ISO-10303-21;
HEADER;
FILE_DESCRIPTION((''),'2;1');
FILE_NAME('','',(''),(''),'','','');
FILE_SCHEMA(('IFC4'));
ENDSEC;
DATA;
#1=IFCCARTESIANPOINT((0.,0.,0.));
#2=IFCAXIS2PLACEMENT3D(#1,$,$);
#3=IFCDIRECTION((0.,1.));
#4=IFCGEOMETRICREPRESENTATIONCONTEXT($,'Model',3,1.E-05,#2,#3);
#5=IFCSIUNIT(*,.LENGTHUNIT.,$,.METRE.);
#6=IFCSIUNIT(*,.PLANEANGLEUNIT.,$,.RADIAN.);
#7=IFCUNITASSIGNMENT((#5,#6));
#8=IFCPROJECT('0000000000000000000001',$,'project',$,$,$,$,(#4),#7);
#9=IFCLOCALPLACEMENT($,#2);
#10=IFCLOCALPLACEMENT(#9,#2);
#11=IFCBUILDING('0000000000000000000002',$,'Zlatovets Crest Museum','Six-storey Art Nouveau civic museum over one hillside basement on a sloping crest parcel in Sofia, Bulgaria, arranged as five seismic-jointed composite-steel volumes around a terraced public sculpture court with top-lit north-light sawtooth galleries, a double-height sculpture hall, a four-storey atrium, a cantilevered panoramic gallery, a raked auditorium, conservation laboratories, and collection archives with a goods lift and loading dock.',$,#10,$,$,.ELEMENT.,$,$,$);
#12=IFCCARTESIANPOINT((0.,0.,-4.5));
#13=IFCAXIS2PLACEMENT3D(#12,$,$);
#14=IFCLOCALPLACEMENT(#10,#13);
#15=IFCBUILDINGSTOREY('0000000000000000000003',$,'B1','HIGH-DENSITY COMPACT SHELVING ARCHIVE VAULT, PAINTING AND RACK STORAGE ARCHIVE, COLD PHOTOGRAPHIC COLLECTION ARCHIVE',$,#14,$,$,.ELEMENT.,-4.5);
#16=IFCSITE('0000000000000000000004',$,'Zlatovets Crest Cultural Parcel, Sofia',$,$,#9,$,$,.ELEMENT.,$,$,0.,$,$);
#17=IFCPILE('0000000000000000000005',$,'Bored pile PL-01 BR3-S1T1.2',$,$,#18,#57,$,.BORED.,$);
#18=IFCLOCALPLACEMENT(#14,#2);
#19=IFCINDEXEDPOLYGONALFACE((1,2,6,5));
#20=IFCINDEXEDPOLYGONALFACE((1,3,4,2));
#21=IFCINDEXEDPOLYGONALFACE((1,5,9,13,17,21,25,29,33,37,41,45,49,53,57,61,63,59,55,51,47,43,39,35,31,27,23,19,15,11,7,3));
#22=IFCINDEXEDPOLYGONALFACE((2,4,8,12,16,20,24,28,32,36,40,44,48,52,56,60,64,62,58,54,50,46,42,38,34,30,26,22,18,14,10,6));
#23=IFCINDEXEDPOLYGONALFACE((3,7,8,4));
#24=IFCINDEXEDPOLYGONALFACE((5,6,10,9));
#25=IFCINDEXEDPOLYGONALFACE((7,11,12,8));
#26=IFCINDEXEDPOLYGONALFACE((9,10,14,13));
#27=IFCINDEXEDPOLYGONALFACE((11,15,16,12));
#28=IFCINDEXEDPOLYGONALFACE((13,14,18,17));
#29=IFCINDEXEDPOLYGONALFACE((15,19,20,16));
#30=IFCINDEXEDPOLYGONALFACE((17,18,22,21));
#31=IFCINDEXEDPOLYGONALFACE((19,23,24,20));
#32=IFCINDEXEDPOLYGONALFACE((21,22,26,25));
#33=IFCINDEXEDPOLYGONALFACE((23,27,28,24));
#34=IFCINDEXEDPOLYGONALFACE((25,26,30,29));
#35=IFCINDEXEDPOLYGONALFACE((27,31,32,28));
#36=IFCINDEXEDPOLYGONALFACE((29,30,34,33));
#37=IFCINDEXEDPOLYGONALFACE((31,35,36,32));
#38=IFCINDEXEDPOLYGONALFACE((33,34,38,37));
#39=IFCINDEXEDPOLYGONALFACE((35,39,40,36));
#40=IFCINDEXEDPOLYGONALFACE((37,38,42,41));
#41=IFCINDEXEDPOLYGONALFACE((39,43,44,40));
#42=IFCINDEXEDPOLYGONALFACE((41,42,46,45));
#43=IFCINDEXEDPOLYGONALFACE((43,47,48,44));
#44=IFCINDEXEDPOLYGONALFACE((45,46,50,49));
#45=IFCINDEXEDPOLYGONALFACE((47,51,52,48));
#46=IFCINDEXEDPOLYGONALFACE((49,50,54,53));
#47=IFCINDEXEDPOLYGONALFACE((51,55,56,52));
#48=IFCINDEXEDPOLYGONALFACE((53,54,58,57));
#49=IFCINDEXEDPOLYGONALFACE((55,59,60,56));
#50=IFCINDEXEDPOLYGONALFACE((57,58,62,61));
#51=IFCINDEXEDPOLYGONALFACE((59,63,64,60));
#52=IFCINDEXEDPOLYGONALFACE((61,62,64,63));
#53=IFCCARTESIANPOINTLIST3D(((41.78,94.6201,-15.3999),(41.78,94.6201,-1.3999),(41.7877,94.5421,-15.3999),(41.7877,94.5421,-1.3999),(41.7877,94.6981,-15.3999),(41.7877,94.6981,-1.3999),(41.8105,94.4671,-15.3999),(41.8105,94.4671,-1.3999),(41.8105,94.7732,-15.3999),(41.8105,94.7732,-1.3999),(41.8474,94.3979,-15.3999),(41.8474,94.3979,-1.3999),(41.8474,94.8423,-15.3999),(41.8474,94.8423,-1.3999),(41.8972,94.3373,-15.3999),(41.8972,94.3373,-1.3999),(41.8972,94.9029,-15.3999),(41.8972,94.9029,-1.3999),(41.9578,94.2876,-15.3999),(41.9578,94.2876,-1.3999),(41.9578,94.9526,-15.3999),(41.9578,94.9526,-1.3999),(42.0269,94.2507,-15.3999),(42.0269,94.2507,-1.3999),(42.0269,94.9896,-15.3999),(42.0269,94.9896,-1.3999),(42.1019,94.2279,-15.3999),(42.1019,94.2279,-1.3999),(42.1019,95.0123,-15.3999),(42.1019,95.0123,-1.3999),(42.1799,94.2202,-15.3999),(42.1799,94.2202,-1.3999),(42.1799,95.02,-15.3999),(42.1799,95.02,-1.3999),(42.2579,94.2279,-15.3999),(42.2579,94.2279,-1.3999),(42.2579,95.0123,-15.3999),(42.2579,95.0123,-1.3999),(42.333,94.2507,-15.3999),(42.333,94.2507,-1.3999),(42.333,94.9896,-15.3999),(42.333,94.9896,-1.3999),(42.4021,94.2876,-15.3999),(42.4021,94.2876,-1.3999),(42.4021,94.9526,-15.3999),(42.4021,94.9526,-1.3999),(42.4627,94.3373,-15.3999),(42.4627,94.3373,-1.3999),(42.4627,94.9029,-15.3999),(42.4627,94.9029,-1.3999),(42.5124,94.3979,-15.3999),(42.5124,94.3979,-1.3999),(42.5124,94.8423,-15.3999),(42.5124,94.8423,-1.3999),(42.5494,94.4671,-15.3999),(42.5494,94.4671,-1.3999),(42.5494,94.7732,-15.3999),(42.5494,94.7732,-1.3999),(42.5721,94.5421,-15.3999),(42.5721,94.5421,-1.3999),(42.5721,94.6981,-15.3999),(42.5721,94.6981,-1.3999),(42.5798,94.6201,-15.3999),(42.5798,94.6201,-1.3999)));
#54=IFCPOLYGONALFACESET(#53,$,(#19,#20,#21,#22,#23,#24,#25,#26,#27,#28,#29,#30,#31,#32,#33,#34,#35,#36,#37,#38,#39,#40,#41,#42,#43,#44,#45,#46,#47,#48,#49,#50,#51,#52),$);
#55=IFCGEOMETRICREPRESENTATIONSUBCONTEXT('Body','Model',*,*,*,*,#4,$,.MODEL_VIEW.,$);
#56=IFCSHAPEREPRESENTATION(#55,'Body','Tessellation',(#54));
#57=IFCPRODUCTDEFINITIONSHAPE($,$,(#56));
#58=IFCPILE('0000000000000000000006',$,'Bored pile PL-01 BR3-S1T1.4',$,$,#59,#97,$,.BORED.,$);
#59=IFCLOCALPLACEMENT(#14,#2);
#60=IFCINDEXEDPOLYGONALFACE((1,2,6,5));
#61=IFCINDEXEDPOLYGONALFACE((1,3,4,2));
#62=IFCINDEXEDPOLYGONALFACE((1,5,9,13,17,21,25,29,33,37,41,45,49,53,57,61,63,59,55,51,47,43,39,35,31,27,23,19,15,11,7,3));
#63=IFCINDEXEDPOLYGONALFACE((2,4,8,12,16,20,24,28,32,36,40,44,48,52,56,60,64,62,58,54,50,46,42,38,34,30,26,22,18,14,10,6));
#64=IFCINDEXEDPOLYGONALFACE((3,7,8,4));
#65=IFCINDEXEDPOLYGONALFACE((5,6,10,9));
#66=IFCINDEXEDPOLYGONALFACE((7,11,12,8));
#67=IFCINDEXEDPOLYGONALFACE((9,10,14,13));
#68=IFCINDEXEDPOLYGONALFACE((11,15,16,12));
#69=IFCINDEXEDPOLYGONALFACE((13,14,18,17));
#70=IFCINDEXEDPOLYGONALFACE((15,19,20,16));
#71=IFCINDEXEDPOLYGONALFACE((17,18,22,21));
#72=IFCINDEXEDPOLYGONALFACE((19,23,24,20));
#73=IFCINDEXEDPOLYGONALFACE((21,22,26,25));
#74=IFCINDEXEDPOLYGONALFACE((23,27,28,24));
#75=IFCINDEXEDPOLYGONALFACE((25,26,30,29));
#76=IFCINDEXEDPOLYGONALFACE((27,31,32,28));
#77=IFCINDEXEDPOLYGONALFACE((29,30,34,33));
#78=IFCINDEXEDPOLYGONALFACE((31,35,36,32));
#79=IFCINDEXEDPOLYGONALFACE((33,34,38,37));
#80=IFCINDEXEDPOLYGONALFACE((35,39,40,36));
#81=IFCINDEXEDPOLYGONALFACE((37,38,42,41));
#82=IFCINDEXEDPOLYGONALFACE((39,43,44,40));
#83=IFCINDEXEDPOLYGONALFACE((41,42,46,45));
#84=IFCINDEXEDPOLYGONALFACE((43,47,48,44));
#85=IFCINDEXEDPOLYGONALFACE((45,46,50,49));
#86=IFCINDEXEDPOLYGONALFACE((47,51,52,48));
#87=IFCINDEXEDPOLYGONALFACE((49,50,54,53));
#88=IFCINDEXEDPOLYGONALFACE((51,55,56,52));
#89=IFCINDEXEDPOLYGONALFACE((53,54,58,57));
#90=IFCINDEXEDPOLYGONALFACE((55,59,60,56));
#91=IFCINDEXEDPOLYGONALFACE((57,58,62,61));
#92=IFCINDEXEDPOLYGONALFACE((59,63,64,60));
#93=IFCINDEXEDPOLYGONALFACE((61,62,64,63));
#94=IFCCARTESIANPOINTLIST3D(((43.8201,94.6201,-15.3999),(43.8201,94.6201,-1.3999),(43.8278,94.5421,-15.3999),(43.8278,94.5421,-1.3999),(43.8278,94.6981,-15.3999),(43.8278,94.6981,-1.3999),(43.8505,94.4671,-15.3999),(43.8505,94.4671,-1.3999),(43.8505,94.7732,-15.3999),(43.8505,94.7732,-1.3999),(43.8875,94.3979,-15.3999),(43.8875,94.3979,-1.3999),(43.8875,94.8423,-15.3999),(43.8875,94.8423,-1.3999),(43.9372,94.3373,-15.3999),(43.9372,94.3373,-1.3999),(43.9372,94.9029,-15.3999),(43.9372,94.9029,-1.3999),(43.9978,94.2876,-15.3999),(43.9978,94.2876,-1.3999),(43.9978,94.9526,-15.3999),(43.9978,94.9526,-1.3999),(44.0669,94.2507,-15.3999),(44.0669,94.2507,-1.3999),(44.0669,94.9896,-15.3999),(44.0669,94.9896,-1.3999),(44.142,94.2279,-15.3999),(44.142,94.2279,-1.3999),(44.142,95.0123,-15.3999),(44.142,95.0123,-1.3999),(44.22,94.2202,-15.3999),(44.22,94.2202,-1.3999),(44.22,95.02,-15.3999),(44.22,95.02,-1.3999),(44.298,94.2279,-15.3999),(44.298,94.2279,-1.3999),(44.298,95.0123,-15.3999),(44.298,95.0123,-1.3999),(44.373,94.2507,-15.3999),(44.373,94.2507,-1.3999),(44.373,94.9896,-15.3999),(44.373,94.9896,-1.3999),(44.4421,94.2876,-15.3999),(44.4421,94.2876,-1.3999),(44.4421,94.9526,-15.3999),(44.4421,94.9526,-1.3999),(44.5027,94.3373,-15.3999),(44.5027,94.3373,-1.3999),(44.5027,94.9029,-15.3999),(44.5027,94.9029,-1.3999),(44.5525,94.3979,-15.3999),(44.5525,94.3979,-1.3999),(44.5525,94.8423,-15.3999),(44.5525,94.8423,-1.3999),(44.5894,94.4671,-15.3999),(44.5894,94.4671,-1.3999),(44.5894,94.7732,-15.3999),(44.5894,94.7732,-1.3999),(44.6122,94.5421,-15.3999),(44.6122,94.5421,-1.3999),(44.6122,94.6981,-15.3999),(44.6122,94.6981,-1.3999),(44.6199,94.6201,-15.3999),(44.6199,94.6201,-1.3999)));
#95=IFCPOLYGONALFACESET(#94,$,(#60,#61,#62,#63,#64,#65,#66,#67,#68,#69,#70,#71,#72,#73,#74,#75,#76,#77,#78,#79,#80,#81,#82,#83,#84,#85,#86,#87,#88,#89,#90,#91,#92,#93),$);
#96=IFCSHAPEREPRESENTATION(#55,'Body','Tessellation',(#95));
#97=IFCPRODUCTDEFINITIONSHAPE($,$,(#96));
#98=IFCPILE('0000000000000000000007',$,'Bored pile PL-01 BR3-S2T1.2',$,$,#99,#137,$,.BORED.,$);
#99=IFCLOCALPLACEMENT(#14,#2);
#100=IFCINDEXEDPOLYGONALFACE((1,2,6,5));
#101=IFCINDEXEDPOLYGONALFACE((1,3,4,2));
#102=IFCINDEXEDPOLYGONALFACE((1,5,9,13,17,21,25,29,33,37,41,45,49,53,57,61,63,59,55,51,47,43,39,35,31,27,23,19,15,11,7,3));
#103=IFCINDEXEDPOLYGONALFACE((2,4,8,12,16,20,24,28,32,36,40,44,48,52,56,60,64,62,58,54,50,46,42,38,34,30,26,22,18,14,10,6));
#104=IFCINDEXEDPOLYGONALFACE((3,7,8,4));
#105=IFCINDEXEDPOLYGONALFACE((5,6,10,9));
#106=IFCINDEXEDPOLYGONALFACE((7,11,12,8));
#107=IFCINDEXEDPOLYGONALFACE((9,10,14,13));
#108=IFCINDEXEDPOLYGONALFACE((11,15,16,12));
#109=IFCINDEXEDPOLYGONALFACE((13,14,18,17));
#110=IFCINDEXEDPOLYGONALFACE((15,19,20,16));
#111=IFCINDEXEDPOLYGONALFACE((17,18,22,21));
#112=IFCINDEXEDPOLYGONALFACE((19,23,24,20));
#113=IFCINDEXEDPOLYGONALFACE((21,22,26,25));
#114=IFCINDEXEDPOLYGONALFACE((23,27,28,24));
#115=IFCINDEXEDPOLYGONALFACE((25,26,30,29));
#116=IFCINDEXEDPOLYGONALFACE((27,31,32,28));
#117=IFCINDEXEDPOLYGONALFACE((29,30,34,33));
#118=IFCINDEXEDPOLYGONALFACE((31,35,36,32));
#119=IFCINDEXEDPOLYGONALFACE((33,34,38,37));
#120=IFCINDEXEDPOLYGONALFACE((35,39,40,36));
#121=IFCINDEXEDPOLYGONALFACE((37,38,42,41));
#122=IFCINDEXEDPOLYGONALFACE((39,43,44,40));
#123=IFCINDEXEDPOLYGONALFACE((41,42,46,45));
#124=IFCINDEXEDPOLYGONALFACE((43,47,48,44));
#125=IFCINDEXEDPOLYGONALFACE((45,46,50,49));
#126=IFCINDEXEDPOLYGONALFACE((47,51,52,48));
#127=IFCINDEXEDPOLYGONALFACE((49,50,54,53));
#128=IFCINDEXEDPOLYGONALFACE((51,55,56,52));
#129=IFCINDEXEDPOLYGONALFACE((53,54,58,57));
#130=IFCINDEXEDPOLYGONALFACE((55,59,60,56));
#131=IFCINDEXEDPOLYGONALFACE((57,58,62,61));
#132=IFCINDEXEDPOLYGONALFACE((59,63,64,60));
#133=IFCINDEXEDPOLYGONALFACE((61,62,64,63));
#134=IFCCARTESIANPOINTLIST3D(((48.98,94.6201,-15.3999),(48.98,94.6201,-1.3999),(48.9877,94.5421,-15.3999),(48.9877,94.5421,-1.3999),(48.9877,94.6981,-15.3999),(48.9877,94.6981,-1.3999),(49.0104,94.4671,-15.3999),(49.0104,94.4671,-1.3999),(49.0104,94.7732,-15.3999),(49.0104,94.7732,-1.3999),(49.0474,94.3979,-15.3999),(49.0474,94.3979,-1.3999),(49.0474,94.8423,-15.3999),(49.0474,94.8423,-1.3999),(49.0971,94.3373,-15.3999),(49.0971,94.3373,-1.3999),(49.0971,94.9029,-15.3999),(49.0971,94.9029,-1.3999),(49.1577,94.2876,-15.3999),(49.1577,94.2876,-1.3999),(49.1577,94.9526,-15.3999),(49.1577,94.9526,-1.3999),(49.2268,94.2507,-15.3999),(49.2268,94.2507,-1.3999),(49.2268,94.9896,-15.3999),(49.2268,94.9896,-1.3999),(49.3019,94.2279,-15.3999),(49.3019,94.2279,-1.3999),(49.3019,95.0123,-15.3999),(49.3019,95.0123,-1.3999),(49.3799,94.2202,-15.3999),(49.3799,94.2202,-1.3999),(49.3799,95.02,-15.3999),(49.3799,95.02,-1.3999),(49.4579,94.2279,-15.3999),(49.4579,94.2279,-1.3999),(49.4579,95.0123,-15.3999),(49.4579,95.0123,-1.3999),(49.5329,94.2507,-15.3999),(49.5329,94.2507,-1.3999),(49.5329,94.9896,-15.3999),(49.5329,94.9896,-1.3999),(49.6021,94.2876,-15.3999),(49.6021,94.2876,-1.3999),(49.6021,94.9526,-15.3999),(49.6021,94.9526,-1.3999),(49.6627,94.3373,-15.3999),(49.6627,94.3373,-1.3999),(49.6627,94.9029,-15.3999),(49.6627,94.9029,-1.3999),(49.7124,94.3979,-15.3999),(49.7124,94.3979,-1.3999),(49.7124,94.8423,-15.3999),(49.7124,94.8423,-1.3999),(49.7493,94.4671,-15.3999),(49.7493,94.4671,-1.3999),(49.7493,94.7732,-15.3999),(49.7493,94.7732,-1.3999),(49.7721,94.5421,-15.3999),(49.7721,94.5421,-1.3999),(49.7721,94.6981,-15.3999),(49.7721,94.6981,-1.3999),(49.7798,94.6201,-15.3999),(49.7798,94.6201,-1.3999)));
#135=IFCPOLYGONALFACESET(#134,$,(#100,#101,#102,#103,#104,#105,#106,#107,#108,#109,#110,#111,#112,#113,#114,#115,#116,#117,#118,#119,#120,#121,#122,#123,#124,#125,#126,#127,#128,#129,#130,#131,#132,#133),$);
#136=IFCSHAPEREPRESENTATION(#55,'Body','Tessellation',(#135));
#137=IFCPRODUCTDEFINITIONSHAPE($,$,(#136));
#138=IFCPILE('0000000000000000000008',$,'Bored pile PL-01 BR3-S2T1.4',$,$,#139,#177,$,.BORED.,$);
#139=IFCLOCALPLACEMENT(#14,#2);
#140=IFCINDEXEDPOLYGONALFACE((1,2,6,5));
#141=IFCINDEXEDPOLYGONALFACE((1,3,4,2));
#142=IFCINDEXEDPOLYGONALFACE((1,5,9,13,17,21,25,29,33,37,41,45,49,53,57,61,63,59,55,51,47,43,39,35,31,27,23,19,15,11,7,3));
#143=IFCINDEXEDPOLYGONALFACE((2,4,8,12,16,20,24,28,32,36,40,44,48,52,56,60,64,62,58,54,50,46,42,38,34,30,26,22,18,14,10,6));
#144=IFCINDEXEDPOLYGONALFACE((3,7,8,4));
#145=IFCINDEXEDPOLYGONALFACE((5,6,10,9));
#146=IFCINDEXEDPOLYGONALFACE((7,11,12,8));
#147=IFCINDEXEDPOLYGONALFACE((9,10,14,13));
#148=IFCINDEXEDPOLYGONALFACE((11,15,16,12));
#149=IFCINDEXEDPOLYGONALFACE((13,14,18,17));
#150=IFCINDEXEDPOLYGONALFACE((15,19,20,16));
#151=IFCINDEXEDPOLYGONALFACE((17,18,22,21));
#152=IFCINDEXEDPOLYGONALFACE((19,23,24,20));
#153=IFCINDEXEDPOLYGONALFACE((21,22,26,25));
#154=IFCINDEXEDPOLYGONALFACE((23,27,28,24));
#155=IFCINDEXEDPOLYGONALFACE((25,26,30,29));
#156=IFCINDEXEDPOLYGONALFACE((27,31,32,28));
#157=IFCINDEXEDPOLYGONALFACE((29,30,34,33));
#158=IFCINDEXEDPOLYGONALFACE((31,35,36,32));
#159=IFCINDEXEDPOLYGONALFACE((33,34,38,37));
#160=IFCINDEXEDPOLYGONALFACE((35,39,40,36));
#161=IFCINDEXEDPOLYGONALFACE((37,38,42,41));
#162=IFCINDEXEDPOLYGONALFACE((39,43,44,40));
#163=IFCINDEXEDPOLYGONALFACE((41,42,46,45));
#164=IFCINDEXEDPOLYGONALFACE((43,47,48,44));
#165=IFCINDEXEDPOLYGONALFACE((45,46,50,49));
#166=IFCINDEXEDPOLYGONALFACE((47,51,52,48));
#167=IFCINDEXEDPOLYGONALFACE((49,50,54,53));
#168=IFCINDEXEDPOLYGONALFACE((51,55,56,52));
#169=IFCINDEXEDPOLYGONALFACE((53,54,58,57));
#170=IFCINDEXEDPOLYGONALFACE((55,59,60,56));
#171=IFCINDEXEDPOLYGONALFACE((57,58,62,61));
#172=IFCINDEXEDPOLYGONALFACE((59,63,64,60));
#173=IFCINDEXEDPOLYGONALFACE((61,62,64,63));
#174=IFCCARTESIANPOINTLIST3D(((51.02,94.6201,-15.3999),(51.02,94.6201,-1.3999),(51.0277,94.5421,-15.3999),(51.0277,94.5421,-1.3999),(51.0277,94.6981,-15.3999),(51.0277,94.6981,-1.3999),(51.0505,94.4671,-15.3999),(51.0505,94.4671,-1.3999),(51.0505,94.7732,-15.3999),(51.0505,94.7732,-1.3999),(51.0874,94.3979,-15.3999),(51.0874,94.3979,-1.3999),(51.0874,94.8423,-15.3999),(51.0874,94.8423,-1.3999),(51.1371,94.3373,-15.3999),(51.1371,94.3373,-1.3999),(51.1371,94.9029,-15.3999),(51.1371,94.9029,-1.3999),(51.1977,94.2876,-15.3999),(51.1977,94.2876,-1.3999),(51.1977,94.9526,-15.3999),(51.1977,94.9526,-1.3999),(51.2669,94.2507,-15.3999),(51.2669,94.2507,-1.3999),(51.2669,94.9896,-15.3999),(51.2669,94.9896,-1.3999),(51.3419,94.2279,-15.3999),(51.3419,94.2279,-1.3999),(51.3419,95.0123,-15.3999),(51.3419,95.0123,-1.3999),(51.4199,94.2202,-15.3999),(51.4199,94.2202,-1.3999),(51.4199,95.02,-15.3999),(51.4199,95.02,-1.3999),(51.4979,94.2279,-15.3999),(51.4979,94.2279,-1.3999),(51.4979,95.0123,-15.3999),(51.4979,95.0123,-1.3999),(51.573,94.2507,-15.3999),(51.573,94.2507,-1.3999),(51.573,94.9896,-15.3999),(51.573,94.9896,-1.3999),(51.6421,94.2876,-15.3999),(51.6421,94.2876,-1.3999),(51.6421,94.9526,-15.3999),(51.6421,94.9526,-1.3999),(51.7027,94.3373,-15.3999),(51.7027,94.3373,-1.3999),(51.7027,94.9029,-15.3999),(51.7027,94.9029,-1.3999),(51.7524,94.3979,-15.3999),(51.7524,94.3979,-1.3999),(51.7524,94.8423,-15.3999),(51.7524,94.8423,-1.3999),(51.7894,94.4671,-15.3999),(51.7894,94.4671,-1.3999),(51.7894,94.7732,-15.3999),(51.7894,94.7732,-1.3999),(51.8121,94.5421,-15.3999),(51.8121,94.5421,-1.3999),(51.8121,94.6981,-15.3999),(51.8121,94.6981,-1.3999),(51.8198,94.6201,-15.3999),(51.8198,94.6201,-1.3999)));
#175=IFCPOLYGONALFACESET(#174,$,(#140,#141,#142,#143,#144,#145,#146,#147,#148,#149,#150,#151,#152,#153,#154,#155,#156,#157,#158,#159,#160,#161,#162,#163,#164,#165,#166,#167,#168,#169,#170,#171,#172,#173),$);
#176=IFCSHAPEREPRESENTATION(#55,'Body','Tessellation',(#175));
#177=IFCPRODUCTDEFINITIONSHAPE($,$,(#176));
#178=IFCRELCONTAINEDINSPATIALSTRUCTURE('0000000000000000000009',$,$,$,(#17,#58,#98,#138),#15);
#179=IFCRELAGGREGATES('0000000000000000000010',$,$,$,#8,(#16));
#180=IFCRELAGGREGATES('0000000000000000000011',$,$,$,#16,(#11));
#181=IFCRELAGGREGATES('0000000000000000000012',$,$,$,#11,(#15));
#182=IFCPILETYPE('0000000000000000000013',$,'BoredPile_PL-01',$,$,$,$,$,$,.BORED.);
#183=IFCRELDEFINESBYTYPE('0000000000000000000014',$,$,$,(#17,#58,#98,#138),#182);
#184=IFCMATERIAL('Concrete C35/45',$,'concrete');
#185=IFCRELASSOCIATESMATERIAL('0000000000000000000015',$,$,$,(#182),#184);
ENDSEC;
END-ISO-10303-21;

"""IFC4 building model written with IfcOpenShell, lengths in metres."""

from ifc_helpers import new_model, si_unit, direction, frame, origin, origin_2d, place, context, subcontext, project, spatial, circle, extrude, material, material_profile, profile_set, type_object, element, save


model = new_model("IFC4")

# Units and contexts
model_context = context("Model", 3, precision=1e-05, world=origin(), true_north=direction((0.0, 1.0)))
body_context = subcontext(model_context, "Body", "Model", "MODEL_VIEW")
ifc_project = project(units=[si_unit("LENGTHUNIT", "METRE"), si_unit("PLANEANGLEUNIT", "RADIAN")], contexts=[model_context])

# Site, building, storey
site_placement = place(None, origin())
site = spatial("IfcSite", under=ifc_project, at=site_placement, Name="Zlatovets Crest Cultural Parcel, Sofia", CompositionType="ELEMENT", RefElevation=0.0)
building_placement = place(site_placement, origin())
building = spatial("IfcBuilding", under=site, at=building_placement, Name="Zlatovets Crest Museum", Description="Six-storey Art Nouveau civic museum over one hillside basement on a sloping crest parcel in Sofia, Bulgaria, arranged as five seismic-jointed composite-steel volumes around a terraced public sculpture court with top-lit north-light sawtooth galleries, a double-height sculpture hall, a four-storey atrium, a cantilevered panoramic gallery, a raked auditorium, conservation laboratories, and collection archives with a goods lift and loading dock.", CompositionType="ELEMENT")
storey_placement = place(building_placement, frame((0.0, 0.0, -4.5)))
storey = spatial("IfcBuildingStorey", under=building, at=storey_placement, Name="B1", Description="HIGH-DENSITY COMPACT SHELVING ARCHIVE VAULT, PAINTING AND RACK STORAGE ARCHIVE, COLD PHOTOGRAPHIC COLLECTION ARCHIVE", CompositionType="ELEMENT", Elevation=-4.5)

# Piles
ifc_material_1 = material(Name="Concrete C35/45", Category="concrete")
ifc_material_profile_1 = material_profile(ifc_material_1, circle(Radius=0.3999, at=origin_2d()), Name="PILE D800")
ifc_profile_set_1 = profile_set([ifc_material_profile_1], Name="Concrete C35/45")
pile_type_1 = type_object("IfcPileType", Name="BoredPile_PL-01", PredefinedType="BORED", material=ifc_profile_set_1)
for number, where, z_axis, x_axis, name in (
    (1, (42.1799, 94.6201, -1.3999), (0.0, 0.0, -1.0), (1.0, 0.0, 0.0), "Bored pile PL-01 BR3-S1T1.2"),
    (2, (44.22, 94.6201, -1.3999), (0.0, 0.0, -1.0), (1.0, 0.0, 0.0), "Bored pile PL-01 BR3-S1T1.4"),
    (3, (49.3799, 94.6201, -1.3999), (0.0, 0.0, -1.0), (1.0, 0.0, 0.0), "Bored pile PL-01 BR3-S2T1.2"),
    (4, (51.4199, 94.6201, -1.3999), (0.0, 0.0, -1.0), (1.0, 0.0, 0.0), "Bored pile PL-01 BR3-S2T1.4"),
):
    element("IfcPile", number, at=place(storey_placement, frame(where, z_axis=z_axis, x_axis=x_axis)), inside=storey, type_object=pile_type_1, Name=name, PredefinedType="BORED", context=body_context, shape_type="SweptSolid", body=[
        extrude(circle(Radius=0.3999, at=origin_2d()), origin(), (0.0, 0.0, 1.0), 14.0),
    ])

save(model, "model.ifc")
